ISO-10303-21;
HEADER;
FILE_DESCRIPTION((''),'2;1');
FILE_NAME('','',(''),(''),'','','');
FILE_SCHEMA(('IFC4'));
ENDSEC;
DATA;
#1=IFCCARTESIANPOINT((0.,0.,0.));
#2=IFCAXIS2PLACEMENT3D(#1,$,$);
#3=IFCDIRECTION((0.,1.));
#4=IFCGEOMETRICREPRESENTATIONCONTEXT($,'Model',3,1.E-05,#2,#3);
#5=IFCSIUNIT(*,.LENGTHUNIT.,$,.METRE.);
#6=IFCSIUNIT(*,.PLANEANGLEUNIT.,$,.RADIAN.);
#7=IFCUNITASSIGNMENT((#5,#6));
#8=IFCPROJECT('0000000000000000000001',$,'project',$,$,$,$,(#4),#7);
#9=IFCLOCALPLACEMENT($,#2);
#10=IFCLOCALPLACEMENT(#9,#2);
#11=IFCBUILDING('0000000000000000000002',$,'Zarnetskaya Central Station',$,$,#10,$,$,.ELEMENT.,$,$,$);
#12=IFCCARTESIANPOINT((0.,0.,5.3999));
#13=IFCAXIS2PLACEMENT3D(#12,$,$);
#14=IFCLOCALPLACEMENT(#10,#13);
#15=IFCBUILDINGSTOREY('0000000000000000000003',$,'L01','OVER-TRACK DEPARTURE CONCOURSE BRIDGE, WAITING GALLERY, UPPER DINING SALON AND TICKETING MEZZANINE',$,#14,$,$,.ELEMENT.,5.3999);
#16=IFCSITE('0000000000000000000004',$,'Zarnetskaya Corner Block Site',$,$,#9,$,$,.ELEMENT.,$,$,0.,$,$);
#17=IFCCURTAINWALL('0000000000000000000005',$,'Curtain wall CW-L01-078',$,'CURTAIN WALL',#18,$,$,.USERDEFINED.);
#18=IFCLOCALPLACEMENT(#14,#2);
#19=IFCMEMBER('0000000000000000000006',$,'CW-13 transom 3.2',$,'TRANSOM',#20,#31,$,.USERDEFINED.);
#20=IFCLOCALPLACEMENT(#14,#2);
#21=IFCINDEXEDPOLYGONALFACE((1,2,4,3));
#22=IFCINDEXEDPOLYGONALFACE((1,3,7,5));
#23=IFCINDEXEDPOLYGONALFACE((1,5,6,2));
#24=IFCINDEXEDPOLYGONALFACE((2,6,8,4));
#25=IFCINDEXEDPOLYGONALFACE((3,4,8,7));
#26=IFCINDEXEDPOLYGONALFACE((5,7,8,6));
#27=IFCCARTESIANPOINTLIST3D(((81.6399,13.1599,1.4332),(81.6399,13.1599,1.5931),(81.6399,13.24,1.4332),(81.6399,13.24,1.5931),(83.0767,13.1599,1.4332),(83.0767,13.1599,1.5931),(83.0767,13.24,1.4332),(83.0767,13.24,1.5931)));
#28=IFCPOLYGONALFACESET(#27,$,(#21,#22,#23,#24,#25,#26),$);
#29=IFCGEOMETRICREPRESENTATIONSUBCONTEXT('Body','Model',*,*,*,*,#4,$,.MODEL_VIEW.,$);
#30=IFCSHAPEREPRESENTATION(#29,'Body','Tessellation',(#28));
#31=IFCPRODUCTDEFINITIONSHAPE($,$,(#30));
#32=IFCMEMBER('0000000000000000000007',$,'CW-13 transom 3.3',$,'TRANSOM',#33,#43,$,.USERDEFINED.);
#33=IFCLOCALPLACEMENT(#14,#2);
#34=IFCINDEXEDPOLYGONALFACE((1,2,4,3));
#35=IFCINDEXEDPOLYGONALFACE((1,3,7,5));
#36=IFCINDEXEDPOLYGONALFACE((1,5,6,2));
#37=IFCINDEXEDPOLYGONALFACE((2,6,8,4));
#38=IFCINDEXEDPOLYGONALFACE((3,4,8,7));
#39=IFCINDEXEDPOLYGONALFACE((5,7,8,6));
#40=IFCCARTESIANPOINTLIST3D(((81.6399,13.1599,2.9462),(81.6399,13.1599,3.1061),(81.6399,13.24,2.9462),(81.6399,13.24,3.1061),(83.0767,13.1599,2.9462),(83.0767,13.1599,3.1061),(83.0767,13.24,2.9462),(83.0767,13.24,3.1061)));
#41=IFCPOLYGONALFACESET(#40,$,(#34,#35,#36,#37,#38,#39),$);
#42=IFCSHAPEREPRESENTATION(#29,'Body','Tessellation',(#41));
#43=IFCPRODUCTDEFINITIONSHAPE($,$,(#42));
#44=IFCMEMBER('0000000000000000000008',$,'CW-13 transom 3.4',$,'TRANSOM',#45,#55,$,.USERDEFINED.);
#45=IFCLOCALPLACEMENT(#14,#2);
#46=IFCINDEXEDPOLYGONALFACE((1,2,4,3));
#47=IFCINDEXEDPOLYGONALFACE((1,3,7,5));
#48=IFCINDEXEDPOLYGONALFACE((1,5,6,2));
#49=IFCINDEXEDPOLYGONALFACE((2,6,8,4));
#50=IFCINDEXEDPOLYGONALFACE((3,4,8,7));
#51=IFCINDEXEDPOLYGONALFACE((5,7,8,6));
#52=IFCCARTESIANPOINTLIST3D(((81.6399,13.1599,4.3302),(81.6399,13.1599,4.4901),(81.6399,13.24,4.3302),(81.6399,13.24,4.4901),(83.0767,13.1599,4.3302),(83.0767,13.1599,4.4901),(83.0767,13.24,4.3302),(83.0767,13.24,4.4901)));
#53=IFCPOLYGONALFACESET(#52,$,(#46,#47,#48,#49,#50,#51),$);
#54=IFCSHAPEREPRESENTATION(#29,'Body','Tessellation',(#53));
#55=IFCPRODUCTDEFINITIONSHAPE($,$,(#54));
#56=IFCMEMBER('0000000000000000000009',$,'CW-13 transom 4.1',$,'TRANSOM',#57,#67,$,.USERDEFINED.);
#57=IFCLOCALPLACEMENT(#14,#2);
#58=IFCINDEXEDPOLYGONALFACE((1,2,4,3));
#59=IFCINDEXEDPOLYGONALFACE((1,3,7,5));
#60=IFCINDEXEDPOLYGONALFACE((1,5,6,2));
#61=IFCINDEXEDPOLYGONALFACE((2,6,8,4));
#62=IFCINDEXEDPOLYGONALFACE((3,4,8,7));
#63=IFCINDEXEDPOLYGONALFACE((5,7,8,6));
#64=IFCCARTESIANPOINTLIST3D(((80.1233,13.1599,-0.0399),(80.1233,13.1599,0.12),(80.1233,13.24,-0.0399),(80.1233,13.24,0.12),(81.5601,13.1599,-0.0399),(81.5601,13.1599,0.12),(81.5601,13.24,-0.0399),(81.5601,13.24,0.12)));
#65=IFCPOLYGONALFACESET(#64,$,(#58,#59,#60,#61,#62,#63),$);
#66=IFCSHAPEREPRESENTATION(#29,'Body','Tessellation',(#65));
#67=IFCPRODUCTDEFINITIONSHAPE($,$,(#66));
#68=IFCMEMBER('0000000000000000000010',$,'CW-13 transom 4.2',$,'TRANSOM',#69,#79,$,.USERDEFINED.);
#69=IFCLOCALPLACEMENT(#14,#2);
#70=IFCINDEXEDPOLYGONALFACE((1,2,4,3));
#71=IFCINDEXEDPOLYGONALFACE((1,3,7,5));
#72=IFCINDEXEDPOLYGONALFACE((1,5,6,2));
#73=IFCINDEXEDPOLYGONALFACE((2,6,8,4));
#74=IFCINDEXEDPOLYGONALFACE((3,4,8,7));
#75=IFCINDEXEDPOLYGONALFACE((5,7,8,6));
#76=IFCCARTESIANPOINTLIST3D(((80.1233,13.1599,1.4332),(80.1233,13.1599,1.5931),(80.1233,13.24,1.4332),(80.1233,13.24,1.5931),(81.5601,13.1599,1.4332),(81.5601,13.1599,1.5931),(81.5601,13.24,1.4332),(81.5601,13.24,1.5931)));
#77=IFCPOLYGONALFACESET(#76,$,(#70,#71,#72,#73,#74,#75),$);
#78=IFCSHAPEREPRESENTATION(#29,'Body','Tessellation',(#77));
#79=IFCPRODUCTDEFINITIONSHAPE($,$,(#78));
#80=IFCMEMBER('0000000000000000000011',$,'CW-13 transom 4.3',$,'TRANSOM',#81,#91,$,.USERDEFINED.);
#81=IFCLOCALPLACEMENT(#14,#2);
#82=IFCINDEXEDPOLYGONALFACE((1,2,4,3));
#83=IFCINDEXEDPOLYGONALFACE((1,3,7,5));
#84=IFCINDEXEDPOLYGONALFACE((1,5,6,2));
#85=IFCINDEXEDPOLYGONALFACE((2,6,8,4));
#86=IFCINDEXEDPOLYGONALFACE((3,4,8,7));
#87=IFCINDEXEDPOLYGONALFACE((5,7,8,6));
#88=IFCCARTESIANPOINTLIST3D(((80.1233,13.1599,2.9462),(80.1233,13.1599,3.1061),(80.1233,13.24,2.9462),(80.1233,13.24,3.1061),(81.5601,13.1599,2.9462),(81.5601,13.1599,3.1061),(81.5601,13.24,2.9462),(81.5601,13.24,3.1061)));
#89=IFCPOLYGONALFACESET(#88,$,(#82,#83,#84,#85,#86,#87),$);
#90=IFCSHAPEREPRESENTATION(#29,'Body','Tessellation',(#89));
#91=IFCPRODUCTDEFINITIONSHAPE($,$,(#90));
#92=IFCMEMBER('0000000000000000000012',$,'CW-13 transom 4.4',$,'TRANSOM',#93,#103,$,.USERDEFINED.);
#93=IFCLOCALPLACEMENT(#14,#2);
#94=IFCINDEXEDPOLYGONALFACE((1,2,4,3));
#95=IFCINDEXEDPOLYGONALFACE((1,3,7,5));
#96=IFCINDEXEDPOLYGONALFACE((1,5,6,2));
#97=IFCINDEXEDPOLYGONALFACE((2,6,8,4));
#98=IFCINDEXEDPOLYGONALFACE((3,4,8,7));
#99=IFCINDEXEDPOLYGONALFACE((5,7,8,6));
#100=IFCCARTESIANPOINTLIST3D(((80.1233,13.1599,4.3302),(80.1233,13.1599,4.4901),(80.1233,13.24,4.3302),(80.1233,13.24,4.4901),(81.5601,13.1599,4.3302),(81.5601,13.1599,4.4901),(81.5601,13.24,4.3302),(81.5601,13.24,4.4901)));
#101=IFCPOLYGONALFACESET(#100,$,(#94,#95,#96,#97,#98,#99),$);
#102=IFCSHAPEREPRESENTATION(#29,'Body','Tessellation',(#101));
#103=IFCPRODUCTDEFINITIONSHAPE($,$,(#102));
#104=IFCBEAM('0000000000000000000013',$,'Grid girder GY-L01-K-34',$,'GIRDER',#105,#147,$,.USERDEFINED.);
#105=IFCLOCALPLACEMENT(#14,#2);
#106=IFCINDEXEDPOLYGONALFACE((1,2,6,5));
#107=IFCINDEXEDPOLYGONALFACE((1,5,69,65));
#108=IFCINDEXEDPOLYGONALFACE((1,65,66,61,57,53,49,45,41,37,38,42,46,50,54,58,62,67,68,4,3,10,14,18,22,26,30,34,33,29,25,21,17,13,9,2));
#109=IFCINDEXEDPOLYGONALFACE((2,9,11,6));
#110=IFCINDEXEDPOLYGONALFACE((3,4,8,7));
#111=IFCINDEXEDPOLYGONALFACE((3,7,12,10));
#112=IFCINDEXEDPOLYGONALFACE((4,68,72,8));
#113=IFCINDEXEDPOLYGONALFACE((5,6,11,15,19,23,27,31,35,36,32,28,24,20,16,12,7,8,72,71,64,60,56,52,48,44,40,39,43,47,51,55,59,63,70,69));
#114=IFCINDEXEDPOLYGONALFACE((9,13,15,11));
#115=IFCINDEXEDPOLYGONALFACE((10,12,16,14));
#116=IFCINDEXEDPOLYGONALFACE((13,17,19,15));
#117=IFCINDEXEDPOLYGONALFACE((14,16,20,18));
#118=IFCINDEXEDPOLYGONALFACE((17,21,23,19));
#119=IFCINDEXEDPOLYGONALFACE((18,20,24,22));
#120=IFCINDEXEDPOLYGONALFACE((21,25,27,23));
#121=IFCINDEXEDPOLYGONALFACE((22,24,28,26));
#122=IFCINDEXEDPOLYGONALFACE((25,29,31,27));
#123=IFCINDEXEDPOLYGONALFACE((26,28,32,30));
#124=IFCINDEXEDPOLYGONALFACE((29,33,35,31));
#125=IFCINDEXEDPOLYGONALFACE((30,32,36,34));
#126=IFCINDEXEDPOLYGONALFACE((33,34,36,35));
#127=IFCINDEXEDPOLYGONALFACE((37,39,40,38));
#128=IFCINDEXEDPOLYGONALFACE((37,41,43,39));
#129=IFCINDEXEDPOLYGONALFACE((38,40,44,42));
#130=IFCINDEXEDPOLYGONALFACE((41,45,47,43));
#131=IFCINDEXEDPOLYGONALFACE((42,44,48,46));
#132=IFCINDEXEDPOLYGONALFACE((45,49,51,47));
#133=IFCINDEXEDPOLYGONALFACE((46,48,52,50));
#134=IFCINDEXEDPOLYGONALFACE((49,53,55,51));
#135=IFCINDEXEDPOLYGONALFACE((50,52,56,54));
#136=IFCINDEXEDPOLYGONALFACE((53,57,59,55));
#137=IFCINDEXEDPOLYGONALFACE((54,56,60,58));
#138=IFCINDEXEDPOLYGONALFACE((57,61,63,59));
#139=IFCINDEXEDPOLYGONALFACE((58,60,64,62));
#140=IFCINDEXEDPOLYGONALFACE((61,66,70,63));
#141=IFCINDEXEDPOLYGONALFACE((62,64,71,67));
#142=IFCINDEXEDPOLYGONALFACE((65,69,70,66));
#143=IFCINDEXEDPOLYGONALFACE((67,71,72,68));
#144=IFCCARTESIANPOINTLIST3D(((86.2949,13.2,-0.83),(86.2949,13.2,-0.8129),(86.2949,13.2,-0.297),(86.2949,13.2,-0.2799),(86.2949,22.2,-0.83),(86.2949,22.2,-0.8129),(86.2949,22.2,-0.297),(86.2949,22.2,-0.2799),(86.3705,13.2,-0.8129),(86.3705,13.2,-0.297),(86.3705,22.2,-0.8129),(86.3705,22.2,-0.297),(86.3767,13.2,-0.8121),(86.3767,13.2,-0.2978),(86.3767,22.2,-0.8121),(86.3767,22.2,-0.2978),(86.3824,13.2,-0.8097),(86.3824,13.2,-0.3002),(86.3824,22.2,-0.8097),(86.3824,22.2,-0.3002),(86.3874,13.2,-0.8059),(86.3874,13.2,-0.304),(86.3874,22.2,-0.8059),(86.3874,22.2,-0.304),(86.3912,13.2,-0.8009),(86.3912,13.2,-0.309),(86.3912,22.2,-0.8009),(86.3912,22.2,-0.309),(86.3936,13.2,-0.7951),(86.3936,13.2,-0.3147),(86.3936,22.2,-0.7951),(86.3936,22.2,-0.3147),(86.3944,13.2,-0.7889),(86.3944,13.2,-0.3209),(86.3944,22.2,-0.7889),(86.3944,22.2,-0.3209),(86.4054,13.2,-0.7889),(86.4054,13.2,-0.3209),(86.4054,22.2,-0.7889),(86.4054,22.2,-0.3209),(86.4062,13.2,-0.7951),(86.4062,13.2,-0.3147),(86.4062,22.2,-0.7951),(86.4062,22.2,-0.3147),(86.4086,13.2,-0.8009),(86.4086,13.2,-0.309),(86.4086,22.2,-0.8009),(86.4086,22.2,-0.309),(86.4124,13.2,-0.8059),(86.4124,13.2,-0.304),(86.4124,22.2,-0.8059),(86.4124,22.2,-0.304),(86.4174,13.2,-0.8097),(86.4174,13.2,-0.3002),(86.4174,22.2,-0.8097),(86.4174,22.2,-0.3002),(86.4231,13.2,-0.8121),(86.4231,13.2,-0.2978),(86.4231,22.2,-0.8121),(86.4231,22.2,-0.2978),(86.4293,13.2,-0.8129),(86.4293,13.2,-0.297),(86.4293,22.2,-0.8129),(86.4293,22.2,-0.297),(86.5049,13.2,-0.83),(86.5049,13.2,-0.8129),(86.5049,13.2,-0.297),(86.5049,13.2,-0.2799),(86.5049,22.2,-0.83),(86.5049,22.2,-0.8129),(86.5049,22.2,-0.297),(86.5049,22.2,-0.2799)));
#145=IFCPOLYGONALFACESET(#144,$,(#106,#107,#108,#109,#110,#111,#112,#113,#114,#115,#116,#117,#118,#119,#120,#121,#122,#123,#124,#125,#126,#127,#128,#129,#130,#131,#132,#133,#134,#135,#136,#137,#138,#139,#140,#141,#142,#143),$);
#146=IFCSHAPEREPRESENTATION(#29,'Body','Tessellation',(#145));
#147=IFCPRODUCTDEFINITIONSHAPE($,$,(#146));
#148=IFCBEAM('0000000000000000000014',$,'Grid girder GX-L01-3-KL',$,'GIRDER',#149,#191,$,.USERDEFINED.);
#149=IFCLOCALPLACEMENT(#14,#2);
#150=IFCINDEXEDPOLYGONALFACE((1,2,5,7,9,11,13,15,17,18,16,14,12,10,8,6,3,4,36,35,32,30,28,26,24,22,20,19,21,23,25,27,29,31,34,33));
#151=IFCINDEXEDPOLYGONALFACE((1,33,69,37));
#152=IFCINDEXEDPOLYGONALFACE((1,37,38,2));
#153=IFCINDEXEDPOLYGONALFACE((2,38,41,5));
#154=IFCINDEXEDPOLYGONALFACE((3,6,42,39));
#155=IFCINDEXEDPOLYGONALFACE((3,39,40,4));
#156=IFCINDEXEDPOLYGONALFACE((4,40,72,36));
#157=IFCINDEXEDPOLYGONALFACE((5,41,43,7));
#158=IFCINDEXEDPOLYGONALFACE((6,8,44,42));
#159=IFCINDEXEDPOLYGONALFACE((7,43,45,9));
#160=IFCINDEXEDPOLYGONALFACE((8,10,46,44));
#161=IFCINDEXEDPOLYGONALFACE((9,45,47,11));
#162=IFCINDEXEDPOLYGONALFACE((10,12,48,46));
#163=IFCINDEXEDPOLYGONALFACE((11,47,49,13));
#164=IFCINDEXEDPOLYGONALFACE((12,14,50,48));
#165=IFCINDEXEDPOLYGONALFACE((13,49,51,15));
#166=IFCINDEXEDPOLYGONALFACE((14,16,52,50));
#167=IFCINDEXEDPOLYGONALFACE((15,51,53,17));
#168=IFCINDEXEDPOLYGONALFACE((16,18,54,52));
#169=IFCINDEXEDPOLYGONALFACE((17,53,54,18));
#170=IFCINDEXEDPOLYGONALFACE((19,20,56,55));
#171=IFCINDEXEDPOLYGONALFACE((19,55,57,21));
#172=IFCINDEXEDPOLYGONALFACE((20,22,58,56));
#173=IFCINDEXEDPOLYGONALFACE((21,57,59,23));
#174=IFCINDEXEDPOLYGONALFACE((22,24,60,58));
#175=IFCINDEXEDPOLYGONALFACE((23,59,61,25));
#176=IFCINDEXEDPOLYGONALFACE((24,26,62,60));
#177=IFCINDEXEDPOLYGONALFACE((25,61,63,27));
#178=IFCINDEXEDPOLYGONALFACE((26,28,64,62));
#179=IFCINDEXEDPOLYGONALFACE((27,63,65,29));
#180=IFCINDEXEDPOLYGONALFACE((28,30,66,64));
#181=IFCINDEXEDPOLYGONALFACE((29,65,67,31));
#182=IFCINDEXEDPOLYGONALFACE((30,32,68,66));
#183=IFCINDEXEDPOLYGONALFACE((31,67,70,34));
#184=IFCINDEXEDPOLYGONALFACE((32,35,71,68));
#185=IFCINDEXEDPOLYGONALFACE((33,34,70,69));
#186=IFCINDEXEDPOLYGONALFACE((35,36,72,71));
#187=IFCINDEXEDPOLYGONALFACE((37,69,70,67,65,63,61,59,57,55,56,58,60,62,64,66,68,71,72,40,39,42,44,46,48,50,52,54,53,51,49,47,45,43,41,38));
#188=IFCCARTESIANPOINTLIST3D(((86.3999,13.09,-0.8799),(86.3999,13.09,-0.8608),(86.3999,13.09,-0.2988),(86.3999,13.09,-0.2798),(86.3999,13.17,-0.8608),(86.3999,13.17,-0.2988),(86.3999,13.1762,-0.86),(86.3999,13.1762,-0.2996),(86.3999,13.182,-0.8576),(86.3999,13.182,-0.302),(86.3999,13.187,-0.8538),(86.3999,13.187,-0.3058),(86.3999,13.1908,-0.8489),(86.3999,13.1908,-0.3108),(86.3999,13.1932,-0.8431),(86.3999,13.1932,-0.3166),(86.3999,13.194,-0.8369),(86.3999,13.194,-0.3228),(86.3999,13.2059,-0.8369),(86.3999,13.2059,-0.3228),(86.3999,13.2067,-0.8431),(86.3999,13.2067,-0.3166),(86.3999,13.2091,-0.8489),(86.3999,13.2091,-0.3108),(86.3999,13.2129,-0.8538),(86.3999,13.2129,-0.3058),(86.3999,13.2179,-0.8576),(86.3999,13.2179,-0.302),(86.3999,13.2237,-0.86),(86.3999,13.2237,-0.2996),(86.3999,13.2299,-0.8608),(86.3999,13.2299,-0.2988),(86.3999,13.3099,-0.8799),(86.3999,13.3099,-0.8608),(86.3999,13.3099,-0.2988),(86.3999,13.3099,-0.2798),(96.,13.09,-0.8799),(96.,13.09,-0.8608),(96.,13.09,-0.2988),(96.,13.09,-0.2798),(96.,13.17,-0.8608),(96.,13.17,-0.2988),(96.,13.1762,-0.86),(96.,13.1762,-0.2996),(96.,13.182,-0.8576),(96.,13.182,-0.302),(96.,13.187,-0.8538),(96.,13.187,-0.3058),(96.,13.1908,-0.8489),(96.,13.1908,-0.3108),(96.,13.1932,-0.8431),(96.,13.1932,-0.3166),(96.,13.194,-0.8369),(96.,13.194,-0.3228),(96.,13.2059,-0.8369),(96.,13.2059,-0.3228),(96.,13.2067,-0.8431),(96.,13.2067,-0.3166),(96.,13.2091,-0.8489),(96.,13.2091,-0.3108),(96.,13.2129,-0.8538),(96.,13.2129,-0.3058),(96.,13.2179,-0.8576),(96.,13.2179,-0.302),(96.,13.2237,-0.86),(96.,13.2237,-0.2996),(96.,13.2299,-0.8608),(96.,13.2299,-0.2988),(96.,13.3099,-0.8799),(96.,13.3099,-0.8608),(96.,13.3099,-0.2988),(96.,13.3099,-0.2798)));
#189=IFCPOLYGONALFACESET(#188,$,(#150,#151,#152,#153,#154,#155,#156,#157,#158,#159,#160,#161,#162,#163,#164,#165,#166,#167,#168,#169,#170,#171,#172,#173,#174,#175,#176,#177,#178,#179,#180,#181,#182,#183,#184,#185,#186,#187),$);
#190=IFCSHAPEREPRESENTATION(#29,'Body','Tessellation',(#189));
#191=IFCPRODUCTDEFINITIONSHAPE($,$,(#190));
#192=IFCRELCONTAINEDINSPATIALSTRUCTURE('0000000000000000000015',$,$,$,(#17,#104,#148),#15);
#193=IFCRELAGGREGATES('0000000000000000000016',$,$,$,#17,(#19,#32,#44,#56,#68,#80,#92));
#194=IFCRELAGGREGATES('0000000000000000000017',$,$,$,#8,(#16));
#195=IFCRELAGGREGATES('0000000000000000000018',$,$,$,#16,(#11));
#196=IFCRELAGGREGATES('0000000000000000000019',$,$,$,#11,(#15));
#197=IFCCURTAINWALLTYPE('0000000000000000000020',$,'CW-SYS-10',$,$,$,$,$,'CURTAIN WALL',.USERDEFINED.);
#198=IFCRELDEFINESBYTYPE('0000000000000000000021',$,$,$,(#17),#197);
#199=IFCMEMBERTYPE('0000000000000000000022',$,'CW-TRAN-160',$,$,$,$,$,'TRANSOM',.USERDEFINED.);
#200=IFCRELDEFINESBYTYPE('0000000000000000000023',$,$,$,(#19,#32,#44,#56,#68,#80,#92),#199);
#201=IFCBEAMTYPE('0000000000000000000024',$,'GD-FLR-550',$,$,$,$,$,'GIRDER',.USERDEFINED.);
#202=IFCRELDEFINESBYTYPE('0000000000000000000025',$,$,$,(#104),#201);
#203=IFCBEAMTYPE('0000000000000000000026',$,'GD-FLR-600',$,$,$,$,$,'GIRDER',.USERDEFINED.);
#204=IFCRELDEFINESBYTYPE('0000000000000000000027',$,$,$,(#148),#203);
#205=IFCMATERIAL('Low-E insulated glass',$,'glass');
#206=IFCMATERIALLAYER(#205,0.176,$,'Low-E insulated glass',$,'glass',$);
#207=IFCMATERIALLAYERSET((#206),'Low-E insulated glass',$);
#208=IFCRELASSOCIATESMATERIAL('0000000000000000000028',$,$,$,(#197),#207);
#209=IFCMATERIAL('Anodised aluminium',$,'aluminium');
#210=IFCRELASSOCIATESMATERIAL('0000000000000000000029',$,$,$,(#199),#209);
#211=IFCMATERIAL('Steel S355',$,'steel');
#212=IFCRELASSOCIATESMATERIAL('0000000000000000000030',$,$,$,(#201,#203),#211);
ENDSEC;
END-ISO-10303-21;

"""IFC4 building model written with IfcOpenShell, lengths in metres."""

from ifc_helpers import new_model, si_unit, direction, frame, origin, origin_2d, place, context, subcontext, project, spatial, rectangle, i_section, extrude, material, layer, layer_set, material_profile, profile_set, type_object, element, aggregate, save


model = new_model("IFC4")

# Units and contexts
model_context = context("Model", 3, precision=1e-05, world=origin(), true_north=direction((0.0, 1.0)))
body_context = subcontext(model_context, "Body", "Model", "MODEL_VIEW")
ifc_project = project(units=[si_unit("LENGTHUNIT", "METRE"), si_unit("PLANEANGLEUNIT", "RADIAN")], contexts=[model_context])

# Site, building, storey
site_placement = place(None, origin())
site = spatial("IfcSite", under=ifc_project, at=site_placement, Name="Zarnetskaya Corner Block Site", CompositionType="ELEMENT", RefElevation=0.0)
building_placement = place(site_placement, origin())
building = spatial("IfcBuilding", under=site, at=building_placement, Name="Zarnetskaya Central Station", CompositionType="ELEMENT")
storey_placement = place(building_placement, frame((0.0, 0.0, 5.3999)))
storey = spatial("IfcBuildingStorey", under=building, at=storey_placement, Name="L01", Description="OVER-TRACK DEPARTURE CONCOURSE BRIDGE, WAITING GALLERY, UPPER DINING SALON AND TICKETING MEZZANINE", CompositionType="ELEMENT", Elevation=5.3999)

# Shared definitions
ifc_material_1 = material(Name="Steel S355", Category="steel")

# Curtain wall, members
ifc_material_2 = material(Name="Low-E insulated glass", Category="glass")
ifc_layer_1 = layer(ifc_material_2, 0.176, Name="Low-E insulated glass", Category="glass")
ifc_layer_set_1 = layer_set([ifc_layer_1], Name="Low-E insulated glass")
curtain_wall_type = type_object("IfcCurtainWallType", Name="CW-SYS-10", ElementType="CURTAIN WALL", PredefinedType="USERDEFINED", material=ifc_layer_set_1)
curtain_wall_placement = place(storey_placement, origin())
curtain_wall = element("IfcCurtainWall", 1, at=curtain_wall_placement, inside=storey, type_object=curtain_wall_type, Name="Curtain wall CW-L01-078", ObjectType="CURTAIN WALL", PredefinedType="USERDEFINED")
ifc_material_3 = material(Name="Anodised aluminium", Category="aluminium")
ifc_material_profile_1 = material_profile(ifc_material_3, rectangle(XDim=0.0801, YDim=0.1599, at=origin_2d()), Name="ALU TRAN 80x160")
ifc_profile_set_1 = profile_set([ifc_material_profile_1], Name="Anodised aluminium")
member_type_1 = type_object("IfcMemberType", Name="CW-TRAN-160", ElementType="TRANSOM", PredefinedType="USERDEFINED", material=ifc_profile_set_1)
member_1_placement = place(storey_placement, frame((83.0767, 13.2, 1.5132), z_axis=(-1.0, 0.0, 0.0), x_axis=(0.0, -1.0, 0.0)))
member_1 = element("IfcMember", 2, at=member_1_placement, type_object=member_type_1, Name="CW-13 transom 3.2", ObjectType="TRANSOM", PredefinedType="USERDEFINED", context=body_context, shape_type="SweptSolid", body=[
    extrude(rectangle(XDim=0.0801, YDim=0.1599, at=origin_2d()), origin(), (0.0, 0.0, 1.0), 1.4368),
])
member_2_placement = place(storey_placement, frame((83.0767, 13.2, 3.0261), z_axis=(-1.0, 0.0, 0.0), x_axis=(0.0, -1.0, 0.0)))
member_2 = element("IfcMember", 3, at=member_2_placement, type_object=member_type_1, Name="CW-13 transom 3.3", ObjectType="TRANSOM", PredefinedType="USERDEFINED", context=body_context, shape_type="SweptSolid", body=[
    extrude(rectangle(XDim=0.0801, YDim=0.1599, at=origin_2d()), origin(), (0.0, 0.0, 1.0), 1.4368),
])
member_3_placement = place(storey_placement, frame((83.0767, 13.2, 4.4102), z_axis=(-1.0, 0.0, 0.0), x_axis=(0.0, -1.0, 0.0)))
member_3 = element("IfcMember", 4, at=member_3_placement, type_object=member_type_1, Name="CW-13 transom 3.4", ObjectType="TRANSOM", PredefinedType="USERDEFINED", context=body_context, shape_type="SweptSolid", body=[
    extrude(rectangle(XDim=0.0801, YDim=0.1599, at=origin_2d()), origin(), (0.0, 0.0, 1.0), 1.4368),
])
member_4_placement = place(storey_placement, frame((81.5601, 13.2, 0.04), z_axis=(-1.0, 0.0, 0.0), x_axis=(0.0, -1.0, 0.0)))
member_4 = element("IfcMember", 5, at=member_4_placement, type_object=member_type_1, Name="CW-13 transom 4.1", ObjectType="TRANSOM", PredefinedType="USERDEFINED", context=body_context, shape_type="SweptSolid", body=[
    extrude(rectangle(XDim=0.0801, YDim=0.1599, at=origin_2d()), origin(), (0.0, 0.0, 1.0), 1.4368),
])
member_5_placement = place(storey_placement, frame((81.5601, 13.2, 1.5132), z_axis=(-1.0, 0.0, 0.0), x_axis=(0.0, -1.0, 0.0)))
member_5 = element("IfcMember", 6, at=member_5_placement, type_object=member_type_1, Name="CW-13 transom 4.2", ObjectType="TRANSOM", PredefinedType="USERDEFINED", context=body_context, shape_type="SweptSolid", body=[
    extrude(rectangle(XDim=0.0801, YDim=0.1599, at=origin_2d()), origin(), (0.0, 0.0, 1.0), 1.4368),
])
member_6_placement = place(storey_placement, frame((81.5601, 13.2, 3.0261), z_axis=(-1.0, 0.0, 0.0), x_axis=(0.0, -1.0, 0.0)))
member_6 = element("IfcMember", 7, at=member_6_placement, type_object=member_type_1, Name="CW-13 transom 4.3", ObjectType="TRANSOM", PredefinedType="USERDEFINED", context=body_context, shape_type="SweptSolid", body=[
    extrude(rectangle(XDim=0.0801, YDim=0.1599, at=origin_2d()), origin(), (0.0, 0.0, 1.0), 1.4368),
])
member_7_placement = place(storey_placement, frame((81.5601, 13.2, 4.4102), z_axis=(-1.0, 0.0, 0.0), x_axis=(0.0, -1.0, 0.0)))
member_7 = element("IfcMember", 8, at=member_7_placement, type_object=member_type_1, Name="CW-13 transom 4.4", ObjectType="TRANSOM", PredefinedType="USERDEFINED", context=body_context, shape_type="SweptSolid", body=[
    extrude(rectangle(XDim=0.0801, YDim=0.1599, at=origin_2d()), origin(), (0.0, 0.0, 1.0), 1.4368),
])

# Beams
ifc_material_profile_2 = material_profile(ifc_material_1, i_section(OverallWidth=0.21, OverallDepth=0.55, WebThickness=0.011, FlangeThickness=0.0171, FilletRadius=0.0239, at=origin_2d()), Name="IPE 550")
ifc_profile_set_2 = profile_set([ifc_material_profile_2], Name="Steel S355")
beam_type_1 = type_object("IfcBeamType", Name="GD-FLR-550", ElementType="GIRDER", PredefinedType="USERDEFINED", material=ifc_profile_set_2)
beam_1_placement = place(storey_placement, frame((86.3999, 13.2, -0.5549), z_axis=(0.0, 1.0, 0.0), x_axis=(-1.0, 0.0, 0.0)))
element("IfcBeam", 9, at=beam_1_placement, inside=storey, type_object=beam_type_1, Name="Grid girder GY-L01-K-34", ObjectType="GIRDER", PredefinedType="USERDEFINED", context=body_context, shape_type="SweptSolid", body=[
    extrude(i_section(OverallWidth=0.21, OverallDepth=0.55, WebThickness=0.011, FlangeThickness=0.0171, FilletRadius=0.0239, at=origin_2d()), origin(), (0.0, 0.0, 1.0), 9.0),
])
ifc_material_profile_3 = material_profile(ifc_material_1, i_section(OverallWidth=0.22, OverallDepth=0.6001, WebThickness=0.012, FlangeThickness=0.019, FilletRadius=0.0239, at=origin_2d()), Name="IPE 600")
ifc_profile_set_3 = profile_set([ifc_material_profile_3], Name="Steel S355")
beam_type_2 = type_object("IfcBeamType", Name="GD-FLR-600", ElementType="GIRDER", PredefinedType="USERDEFINED", material=ifc_profile_set_3)
beam_2_placement = place(storey_placement, frame((86.3999, 13.2, -0.5798), z_axis=(1.0, 0.0, 0.0), x_axis=(0.0, 1.0, 0.0)))
element("IfcBeam", 10, at=beam_2_placement, inside=storey, type_object=beam_type_2, Name="Grid girder GX-L01-3-KL", ObjectType="GIRDER", PredefinedType="USERDEFINED", context=body_context, shape_type="SweptSolid", body=[
    extrude(i_section(OverallWidth=0.22, OverallDepth=0.6001, WebThickness=0.012, FlangeThickness=0.019, FilletRadius=0.0239, at=origin_2d()), origin(), (0.0, 0.0, 1.0), 9.6001),
])

aggregate(curtain_wall, [member_1, member_2, member_3, member_4, member_5, member_6, member_7])

save(model, "model.ifc")
